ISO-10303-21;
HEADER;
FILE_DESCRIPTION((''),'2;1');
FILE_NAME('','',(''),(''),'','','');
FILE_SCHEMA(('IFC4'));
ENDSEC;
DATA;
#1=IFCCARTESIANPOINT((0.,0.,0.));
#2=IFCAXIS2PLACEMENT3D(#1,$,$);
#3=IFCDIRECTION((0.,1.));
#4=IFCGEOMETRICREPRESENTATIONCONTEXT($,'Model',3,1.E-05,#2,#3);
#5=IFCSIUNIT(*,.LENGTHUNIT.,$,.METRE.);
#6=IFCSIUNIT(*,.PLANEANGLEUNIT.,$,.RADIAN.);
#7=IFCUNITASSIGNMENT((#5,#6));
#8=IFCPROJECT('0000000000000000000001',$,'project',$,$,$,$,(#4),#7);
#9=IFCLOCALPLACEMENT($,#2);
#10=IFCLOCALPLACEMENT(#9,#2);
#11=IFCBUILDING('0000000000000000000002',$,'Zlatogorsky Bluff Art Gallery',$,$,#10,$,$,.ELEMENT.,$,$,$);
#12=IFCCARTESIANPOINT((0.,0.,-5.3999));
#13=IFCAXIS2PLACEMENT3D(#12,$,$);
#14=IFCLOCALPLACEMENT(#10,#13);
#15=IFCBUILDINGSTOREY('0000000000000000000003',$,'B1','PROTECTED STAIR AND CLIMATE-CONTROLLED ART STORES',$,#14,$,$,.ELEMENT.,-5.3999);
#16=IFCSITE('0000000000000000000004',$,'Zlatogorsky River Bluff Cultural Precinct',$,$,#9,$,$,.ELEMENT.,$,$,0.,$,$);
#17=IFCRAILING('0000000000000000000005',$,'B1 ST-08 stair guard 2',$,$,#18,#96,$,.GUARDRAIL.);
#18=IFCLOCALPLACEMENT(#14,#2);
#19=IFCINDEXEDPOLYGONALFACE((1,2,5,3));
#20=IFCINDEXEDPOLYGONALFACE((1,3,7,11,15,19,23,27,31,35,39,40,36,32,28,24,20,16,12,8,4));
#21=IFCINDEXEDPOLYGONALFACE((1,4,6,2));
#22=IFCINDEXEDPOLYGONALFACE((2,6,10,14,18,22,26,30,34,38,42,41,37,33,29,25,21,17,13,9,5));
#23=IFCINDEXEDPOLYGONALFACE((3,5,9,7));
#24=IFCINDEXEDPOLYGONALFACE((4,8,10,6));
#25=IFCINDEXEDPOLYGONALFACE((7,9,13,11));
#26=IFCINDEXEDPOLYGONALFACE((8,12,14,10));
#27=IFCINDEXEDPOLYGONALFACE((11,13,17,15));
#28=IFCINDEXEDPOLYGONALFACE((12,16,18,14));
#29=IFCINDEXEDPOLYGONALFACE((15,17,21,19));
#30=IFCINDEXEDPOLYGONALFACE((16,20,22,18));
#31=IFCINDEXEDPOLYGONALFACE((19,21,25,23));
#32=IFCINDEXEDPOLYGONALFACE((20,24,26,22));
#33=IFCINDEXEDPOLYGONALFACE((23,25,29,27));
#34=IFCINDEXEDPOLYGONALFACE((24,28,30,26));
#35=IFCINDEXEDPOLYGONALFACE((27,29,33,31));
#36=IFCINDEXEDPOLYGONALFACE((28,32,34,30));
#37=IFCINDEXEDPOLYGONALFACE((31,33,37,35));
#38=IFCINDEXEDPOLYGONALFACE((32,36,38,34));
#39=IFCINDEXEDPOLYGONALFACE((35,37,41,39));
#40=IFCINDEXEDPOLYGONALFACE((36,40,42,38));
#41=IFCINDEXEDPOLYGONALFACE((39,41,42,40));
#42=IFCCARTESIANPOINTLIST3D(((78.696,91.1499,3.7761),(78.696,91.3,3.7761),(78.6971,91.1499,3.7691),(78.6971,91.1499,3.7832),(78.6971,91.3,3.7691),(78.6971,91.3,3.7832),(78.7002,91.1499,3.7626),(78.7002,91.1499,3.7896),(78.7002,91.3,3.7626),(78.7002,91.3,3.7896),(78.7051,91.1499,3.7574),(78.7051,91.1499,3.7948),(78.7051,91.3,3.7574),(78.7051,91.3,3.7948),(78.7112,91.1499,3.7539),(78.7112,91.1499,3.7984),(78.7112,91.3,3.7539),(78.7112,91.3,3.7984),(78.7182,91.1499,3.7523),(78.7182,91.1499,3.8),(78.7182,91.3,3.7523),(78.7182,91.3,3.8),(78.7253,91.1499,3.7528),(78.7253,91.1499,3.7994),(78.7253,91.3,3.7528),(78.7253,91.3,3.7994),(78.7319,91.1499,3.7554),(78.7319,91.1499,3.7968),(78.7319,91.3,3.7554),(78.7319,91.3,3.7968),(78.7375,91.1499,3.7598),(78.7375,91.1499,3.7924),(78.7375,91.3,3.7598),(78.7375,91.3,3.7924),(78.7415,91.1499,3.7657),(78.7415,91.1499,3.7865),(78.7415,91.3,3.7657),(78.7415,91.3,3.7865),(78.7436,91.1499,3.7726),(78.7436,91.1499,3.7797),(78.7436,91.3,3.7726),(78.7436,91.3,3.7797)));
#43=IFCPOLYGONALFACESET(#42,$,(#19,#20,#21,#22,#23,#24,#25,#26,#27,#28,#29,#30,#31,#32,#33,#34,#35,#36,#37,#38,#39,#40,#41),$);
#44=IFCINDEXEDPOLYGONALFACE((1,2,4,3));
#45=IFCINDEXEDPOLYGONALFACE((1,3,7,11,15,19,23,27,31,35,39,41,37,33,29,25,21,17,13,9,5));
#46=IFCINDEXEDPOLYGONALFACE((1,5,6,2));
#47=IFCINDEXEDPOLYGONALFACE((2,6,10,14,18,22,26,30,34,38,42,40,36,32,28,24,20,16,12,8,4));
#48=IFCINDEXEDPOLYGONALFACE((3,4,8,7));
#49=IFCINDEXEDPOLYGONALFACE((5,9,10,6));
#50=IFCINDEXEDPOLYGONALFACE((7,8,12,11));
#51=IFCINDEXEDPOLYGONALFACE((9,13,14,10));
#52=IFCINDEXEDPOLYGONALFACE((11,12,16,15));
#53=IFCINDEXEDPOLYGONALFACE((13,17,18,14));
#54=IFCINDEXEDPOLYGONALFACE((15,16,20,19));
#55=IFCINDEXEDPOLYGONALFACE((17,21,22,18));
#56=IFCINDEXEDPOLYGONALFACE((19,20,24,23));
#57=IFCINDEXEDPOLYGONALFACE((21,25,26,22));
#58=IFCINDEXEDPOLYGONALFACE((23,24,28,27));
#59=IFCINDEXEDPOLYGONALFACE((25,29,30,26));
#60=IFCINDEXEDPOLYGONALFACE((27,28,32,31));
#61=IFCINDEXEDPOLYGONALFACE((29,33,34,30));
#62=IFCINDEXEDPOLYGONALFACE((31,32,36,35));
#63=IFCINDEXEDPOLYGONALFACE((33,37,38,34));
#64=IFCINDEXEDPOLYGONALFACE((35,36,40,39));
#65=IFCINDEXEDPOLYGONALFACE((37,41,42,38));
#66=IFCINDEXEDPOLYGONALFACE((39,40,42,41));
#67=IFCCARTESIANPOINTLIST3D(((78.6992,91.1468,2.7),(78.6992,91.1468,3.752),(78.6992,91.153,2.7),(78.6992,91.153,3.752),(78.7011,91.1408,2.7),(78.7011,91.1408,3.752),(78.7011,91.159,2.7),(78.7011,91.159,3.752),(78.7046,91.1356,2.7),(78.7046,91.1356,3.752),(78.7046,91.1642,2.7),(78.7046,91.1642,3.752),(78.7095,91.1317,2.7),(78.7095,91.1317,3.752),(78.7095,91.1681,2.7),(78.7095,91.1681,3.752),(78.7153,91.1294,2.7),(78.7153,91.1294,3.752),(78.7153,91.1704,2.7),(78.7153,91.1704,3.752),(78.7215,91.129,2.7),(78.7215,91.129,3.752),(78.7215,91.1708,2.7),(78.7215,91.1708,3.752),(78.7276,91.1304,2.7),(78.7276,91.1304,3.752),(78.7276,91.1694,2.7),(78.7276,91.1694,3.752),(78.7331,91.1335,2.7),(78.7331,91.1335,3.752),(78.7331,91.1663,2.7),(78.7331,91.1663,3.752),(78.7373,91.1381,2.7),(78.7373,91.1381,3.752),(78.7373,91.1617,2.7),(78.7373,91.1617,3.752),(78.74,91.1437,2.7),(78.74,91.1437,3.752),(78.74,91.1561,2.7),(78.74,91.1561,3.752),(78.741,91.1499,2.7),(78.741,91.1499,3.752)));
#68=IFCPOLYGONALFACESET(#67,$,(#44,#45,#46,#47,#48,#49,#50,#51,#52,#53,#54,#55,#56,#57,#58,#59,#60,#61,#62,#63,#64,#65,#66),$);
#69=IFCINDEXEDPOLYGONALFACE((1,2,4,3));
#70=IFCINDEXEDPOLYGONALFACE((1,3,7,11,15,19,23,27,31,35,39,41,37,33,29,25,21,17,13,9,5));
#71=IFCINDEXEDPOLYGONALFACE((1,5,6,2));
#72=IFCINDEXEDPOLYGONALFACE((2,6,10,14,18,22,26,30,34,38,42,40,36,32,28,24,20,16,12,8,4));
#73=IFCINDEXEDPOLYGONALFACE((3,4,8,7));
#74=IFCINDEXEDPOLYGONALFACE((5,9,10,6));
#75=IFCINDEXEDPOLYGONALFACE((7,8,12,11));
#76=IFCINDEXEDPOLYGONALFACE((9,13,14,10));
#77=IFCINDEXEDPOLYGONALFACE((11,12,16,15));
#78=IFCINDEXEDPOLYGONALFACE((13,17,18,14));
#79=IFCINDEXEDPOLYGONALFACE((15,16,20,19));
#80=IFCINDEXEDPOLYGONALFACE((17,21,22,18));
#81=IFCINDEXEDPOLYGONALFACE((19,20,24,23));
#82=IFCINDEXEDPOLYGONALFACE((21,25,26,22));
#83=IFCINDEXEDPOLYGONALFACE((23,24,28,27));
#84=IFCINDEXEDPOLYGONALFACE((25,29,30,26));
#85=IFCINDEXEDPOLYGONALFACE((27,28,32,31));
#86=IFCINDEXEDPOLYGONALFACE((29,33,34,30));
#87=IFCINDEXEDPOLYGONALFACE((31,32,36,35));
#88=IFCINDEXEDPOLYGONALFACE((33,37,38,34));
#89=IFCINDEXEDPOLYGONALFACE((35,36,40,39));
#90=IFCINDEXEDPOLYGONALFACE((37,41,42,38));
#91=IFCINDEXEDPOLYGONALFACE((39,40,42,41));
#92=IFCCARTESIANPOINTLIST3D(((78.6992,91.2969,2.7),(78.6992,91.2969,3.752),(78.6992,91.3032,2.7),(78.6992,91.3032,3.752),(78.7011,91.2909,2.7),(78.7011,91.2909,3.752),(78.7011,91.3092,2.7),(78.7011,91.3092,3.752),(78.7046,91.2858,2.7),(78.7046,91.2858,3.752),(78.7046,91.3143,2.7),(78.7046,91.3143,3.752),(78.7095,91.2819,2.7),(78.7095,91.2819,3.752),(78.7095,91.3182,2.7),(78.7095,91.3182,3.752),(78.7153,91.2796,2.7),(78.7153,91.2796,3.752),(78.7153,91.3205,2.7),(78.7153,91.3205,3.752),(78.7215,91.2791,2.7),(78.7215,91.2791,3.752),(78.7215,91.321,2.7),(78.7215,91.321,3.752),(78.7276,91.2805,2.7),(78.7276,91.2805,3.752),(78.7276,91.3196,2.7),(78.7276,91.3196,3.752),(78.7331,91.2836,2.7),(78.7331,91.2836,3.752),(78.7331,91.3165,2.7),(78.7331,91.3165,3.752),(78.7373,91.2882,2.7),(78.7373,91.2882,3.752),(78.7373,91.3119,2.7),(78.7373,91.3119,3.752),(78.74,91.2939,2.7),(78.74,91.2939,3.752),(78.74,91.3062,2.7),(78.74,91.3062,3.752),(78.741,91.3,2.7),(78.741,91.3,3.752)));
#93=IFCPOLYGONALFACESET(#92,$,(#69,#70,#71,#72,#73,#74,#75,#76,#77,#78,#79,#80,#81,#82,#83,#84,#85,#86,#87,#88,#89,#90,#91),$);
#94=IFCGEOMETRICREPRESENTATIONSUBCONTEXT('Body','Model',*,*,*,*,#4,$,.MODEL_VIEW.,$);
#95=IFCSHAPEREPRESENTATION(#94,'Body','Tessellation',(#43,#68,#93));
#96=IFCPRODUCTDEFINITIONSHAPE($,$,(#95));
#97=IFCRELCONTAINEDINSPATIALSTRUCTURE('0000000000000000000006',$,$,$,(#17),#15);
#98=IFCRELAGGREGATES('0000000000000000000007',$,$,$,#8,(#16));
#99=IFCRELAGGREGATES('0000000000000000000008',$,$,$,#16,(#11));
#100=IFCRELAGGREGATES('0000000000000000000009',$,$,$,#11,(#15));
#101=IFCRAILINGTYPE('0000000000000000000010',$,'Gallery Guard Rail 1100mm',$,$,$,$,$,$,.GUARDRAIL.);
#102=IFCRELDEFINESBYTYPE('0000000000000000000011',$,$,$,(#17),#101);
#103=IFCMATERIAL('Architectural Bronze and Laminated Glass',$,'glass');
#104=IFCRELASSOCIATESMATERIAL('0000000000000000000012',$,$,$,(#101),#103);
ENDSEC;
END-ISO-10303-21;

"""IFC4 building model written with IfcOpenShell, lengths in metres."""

from ifc_helpers import new_model, si_unit, direction, frame, origin, origin_2d, place, context, subcontext, project, spatial, circle, extrude, material, type_object, element, save


model = new_model("IFC4")

# Units and contexts
model_context = context("Model", 3, precision=1e-05, world=origin(), true_north=direction((0.0, 1.0)))
body_context = subcontext(model_context, "Body", "Model", "MODEL_VIEW")
ifc_project = project(units=[si_unit("LENGTHUNIT", "METRE"), si_unit("PLANEANGLEUNIT", "RADIAN")], contexts=[model_context])

# Site, building, storey
site_placement = place(None, origin())
site = spatial("IfcSite", under=ifc_project, at=site_placement, Name="Zlatogorsky River Bluff Cultural Precinct", CompositionType="ELEMENT", RefElevation=0.0)
building_placement = place(site_placement, origin())
building = spatial("IfcBuilding", under=site, at=building_placement, Name="Zlatogorsky Bluff Art Gallery", CompositionType="ELEMENT")
storey_placement = place(building_placement, frame((0.0, 0.0, -5.3999)))
storey = spatial("IfcBuildingStorey", under=building, at=storey_placement, Name="B1", Description="PROTECTED STAIR AND CLIMATE-CONTROLLED ART STORES", CompositionType="ELEMENT", Elevation=-5.3999)

# Railing
ifc_material_1 = material(Name="Architectural Bronze and Laminated Glass", Category="glass")
railing_type_1 = type_object("IfcRailingType", Name="Gallery Guard Rail 1100mm", PredefinedType="GUARDRAIL", material=ifc_material_1)
railing_1_placement = place(storey_placement, frame((78.72, 91.1499, 2.7)))
element("IfcRailing", 1, at=railing_1_placement, inside=storey, type_object=railing_type_1, Name="B1 ST-08 stair guard 2", PredefinedType="GUARDRAIL", context=body_context, shape_type="SweptSolid", body=[
    extrude(circle(Radius=0.0239, at=origin_2d()), frame((0.0, 0.0, 1.0762), z_axis=(0.0, 1.0, 0.0), x_axis=(-1.0, 0.0, 0.0)), (0.0, 0.0, 1.0), 0.1501),
    extrude(circle(Radius=0.021, at=origin_2d()), origin(), (0.0, 0.0, 1.0), 1.052),
    extrude(circle(Radius=0.021, at=origin_2d()), frame((0.0, 0.1501, 0.0)), (0.0, 0.0, 1.0), 1.052),
])

save(model, "model.ifc")
